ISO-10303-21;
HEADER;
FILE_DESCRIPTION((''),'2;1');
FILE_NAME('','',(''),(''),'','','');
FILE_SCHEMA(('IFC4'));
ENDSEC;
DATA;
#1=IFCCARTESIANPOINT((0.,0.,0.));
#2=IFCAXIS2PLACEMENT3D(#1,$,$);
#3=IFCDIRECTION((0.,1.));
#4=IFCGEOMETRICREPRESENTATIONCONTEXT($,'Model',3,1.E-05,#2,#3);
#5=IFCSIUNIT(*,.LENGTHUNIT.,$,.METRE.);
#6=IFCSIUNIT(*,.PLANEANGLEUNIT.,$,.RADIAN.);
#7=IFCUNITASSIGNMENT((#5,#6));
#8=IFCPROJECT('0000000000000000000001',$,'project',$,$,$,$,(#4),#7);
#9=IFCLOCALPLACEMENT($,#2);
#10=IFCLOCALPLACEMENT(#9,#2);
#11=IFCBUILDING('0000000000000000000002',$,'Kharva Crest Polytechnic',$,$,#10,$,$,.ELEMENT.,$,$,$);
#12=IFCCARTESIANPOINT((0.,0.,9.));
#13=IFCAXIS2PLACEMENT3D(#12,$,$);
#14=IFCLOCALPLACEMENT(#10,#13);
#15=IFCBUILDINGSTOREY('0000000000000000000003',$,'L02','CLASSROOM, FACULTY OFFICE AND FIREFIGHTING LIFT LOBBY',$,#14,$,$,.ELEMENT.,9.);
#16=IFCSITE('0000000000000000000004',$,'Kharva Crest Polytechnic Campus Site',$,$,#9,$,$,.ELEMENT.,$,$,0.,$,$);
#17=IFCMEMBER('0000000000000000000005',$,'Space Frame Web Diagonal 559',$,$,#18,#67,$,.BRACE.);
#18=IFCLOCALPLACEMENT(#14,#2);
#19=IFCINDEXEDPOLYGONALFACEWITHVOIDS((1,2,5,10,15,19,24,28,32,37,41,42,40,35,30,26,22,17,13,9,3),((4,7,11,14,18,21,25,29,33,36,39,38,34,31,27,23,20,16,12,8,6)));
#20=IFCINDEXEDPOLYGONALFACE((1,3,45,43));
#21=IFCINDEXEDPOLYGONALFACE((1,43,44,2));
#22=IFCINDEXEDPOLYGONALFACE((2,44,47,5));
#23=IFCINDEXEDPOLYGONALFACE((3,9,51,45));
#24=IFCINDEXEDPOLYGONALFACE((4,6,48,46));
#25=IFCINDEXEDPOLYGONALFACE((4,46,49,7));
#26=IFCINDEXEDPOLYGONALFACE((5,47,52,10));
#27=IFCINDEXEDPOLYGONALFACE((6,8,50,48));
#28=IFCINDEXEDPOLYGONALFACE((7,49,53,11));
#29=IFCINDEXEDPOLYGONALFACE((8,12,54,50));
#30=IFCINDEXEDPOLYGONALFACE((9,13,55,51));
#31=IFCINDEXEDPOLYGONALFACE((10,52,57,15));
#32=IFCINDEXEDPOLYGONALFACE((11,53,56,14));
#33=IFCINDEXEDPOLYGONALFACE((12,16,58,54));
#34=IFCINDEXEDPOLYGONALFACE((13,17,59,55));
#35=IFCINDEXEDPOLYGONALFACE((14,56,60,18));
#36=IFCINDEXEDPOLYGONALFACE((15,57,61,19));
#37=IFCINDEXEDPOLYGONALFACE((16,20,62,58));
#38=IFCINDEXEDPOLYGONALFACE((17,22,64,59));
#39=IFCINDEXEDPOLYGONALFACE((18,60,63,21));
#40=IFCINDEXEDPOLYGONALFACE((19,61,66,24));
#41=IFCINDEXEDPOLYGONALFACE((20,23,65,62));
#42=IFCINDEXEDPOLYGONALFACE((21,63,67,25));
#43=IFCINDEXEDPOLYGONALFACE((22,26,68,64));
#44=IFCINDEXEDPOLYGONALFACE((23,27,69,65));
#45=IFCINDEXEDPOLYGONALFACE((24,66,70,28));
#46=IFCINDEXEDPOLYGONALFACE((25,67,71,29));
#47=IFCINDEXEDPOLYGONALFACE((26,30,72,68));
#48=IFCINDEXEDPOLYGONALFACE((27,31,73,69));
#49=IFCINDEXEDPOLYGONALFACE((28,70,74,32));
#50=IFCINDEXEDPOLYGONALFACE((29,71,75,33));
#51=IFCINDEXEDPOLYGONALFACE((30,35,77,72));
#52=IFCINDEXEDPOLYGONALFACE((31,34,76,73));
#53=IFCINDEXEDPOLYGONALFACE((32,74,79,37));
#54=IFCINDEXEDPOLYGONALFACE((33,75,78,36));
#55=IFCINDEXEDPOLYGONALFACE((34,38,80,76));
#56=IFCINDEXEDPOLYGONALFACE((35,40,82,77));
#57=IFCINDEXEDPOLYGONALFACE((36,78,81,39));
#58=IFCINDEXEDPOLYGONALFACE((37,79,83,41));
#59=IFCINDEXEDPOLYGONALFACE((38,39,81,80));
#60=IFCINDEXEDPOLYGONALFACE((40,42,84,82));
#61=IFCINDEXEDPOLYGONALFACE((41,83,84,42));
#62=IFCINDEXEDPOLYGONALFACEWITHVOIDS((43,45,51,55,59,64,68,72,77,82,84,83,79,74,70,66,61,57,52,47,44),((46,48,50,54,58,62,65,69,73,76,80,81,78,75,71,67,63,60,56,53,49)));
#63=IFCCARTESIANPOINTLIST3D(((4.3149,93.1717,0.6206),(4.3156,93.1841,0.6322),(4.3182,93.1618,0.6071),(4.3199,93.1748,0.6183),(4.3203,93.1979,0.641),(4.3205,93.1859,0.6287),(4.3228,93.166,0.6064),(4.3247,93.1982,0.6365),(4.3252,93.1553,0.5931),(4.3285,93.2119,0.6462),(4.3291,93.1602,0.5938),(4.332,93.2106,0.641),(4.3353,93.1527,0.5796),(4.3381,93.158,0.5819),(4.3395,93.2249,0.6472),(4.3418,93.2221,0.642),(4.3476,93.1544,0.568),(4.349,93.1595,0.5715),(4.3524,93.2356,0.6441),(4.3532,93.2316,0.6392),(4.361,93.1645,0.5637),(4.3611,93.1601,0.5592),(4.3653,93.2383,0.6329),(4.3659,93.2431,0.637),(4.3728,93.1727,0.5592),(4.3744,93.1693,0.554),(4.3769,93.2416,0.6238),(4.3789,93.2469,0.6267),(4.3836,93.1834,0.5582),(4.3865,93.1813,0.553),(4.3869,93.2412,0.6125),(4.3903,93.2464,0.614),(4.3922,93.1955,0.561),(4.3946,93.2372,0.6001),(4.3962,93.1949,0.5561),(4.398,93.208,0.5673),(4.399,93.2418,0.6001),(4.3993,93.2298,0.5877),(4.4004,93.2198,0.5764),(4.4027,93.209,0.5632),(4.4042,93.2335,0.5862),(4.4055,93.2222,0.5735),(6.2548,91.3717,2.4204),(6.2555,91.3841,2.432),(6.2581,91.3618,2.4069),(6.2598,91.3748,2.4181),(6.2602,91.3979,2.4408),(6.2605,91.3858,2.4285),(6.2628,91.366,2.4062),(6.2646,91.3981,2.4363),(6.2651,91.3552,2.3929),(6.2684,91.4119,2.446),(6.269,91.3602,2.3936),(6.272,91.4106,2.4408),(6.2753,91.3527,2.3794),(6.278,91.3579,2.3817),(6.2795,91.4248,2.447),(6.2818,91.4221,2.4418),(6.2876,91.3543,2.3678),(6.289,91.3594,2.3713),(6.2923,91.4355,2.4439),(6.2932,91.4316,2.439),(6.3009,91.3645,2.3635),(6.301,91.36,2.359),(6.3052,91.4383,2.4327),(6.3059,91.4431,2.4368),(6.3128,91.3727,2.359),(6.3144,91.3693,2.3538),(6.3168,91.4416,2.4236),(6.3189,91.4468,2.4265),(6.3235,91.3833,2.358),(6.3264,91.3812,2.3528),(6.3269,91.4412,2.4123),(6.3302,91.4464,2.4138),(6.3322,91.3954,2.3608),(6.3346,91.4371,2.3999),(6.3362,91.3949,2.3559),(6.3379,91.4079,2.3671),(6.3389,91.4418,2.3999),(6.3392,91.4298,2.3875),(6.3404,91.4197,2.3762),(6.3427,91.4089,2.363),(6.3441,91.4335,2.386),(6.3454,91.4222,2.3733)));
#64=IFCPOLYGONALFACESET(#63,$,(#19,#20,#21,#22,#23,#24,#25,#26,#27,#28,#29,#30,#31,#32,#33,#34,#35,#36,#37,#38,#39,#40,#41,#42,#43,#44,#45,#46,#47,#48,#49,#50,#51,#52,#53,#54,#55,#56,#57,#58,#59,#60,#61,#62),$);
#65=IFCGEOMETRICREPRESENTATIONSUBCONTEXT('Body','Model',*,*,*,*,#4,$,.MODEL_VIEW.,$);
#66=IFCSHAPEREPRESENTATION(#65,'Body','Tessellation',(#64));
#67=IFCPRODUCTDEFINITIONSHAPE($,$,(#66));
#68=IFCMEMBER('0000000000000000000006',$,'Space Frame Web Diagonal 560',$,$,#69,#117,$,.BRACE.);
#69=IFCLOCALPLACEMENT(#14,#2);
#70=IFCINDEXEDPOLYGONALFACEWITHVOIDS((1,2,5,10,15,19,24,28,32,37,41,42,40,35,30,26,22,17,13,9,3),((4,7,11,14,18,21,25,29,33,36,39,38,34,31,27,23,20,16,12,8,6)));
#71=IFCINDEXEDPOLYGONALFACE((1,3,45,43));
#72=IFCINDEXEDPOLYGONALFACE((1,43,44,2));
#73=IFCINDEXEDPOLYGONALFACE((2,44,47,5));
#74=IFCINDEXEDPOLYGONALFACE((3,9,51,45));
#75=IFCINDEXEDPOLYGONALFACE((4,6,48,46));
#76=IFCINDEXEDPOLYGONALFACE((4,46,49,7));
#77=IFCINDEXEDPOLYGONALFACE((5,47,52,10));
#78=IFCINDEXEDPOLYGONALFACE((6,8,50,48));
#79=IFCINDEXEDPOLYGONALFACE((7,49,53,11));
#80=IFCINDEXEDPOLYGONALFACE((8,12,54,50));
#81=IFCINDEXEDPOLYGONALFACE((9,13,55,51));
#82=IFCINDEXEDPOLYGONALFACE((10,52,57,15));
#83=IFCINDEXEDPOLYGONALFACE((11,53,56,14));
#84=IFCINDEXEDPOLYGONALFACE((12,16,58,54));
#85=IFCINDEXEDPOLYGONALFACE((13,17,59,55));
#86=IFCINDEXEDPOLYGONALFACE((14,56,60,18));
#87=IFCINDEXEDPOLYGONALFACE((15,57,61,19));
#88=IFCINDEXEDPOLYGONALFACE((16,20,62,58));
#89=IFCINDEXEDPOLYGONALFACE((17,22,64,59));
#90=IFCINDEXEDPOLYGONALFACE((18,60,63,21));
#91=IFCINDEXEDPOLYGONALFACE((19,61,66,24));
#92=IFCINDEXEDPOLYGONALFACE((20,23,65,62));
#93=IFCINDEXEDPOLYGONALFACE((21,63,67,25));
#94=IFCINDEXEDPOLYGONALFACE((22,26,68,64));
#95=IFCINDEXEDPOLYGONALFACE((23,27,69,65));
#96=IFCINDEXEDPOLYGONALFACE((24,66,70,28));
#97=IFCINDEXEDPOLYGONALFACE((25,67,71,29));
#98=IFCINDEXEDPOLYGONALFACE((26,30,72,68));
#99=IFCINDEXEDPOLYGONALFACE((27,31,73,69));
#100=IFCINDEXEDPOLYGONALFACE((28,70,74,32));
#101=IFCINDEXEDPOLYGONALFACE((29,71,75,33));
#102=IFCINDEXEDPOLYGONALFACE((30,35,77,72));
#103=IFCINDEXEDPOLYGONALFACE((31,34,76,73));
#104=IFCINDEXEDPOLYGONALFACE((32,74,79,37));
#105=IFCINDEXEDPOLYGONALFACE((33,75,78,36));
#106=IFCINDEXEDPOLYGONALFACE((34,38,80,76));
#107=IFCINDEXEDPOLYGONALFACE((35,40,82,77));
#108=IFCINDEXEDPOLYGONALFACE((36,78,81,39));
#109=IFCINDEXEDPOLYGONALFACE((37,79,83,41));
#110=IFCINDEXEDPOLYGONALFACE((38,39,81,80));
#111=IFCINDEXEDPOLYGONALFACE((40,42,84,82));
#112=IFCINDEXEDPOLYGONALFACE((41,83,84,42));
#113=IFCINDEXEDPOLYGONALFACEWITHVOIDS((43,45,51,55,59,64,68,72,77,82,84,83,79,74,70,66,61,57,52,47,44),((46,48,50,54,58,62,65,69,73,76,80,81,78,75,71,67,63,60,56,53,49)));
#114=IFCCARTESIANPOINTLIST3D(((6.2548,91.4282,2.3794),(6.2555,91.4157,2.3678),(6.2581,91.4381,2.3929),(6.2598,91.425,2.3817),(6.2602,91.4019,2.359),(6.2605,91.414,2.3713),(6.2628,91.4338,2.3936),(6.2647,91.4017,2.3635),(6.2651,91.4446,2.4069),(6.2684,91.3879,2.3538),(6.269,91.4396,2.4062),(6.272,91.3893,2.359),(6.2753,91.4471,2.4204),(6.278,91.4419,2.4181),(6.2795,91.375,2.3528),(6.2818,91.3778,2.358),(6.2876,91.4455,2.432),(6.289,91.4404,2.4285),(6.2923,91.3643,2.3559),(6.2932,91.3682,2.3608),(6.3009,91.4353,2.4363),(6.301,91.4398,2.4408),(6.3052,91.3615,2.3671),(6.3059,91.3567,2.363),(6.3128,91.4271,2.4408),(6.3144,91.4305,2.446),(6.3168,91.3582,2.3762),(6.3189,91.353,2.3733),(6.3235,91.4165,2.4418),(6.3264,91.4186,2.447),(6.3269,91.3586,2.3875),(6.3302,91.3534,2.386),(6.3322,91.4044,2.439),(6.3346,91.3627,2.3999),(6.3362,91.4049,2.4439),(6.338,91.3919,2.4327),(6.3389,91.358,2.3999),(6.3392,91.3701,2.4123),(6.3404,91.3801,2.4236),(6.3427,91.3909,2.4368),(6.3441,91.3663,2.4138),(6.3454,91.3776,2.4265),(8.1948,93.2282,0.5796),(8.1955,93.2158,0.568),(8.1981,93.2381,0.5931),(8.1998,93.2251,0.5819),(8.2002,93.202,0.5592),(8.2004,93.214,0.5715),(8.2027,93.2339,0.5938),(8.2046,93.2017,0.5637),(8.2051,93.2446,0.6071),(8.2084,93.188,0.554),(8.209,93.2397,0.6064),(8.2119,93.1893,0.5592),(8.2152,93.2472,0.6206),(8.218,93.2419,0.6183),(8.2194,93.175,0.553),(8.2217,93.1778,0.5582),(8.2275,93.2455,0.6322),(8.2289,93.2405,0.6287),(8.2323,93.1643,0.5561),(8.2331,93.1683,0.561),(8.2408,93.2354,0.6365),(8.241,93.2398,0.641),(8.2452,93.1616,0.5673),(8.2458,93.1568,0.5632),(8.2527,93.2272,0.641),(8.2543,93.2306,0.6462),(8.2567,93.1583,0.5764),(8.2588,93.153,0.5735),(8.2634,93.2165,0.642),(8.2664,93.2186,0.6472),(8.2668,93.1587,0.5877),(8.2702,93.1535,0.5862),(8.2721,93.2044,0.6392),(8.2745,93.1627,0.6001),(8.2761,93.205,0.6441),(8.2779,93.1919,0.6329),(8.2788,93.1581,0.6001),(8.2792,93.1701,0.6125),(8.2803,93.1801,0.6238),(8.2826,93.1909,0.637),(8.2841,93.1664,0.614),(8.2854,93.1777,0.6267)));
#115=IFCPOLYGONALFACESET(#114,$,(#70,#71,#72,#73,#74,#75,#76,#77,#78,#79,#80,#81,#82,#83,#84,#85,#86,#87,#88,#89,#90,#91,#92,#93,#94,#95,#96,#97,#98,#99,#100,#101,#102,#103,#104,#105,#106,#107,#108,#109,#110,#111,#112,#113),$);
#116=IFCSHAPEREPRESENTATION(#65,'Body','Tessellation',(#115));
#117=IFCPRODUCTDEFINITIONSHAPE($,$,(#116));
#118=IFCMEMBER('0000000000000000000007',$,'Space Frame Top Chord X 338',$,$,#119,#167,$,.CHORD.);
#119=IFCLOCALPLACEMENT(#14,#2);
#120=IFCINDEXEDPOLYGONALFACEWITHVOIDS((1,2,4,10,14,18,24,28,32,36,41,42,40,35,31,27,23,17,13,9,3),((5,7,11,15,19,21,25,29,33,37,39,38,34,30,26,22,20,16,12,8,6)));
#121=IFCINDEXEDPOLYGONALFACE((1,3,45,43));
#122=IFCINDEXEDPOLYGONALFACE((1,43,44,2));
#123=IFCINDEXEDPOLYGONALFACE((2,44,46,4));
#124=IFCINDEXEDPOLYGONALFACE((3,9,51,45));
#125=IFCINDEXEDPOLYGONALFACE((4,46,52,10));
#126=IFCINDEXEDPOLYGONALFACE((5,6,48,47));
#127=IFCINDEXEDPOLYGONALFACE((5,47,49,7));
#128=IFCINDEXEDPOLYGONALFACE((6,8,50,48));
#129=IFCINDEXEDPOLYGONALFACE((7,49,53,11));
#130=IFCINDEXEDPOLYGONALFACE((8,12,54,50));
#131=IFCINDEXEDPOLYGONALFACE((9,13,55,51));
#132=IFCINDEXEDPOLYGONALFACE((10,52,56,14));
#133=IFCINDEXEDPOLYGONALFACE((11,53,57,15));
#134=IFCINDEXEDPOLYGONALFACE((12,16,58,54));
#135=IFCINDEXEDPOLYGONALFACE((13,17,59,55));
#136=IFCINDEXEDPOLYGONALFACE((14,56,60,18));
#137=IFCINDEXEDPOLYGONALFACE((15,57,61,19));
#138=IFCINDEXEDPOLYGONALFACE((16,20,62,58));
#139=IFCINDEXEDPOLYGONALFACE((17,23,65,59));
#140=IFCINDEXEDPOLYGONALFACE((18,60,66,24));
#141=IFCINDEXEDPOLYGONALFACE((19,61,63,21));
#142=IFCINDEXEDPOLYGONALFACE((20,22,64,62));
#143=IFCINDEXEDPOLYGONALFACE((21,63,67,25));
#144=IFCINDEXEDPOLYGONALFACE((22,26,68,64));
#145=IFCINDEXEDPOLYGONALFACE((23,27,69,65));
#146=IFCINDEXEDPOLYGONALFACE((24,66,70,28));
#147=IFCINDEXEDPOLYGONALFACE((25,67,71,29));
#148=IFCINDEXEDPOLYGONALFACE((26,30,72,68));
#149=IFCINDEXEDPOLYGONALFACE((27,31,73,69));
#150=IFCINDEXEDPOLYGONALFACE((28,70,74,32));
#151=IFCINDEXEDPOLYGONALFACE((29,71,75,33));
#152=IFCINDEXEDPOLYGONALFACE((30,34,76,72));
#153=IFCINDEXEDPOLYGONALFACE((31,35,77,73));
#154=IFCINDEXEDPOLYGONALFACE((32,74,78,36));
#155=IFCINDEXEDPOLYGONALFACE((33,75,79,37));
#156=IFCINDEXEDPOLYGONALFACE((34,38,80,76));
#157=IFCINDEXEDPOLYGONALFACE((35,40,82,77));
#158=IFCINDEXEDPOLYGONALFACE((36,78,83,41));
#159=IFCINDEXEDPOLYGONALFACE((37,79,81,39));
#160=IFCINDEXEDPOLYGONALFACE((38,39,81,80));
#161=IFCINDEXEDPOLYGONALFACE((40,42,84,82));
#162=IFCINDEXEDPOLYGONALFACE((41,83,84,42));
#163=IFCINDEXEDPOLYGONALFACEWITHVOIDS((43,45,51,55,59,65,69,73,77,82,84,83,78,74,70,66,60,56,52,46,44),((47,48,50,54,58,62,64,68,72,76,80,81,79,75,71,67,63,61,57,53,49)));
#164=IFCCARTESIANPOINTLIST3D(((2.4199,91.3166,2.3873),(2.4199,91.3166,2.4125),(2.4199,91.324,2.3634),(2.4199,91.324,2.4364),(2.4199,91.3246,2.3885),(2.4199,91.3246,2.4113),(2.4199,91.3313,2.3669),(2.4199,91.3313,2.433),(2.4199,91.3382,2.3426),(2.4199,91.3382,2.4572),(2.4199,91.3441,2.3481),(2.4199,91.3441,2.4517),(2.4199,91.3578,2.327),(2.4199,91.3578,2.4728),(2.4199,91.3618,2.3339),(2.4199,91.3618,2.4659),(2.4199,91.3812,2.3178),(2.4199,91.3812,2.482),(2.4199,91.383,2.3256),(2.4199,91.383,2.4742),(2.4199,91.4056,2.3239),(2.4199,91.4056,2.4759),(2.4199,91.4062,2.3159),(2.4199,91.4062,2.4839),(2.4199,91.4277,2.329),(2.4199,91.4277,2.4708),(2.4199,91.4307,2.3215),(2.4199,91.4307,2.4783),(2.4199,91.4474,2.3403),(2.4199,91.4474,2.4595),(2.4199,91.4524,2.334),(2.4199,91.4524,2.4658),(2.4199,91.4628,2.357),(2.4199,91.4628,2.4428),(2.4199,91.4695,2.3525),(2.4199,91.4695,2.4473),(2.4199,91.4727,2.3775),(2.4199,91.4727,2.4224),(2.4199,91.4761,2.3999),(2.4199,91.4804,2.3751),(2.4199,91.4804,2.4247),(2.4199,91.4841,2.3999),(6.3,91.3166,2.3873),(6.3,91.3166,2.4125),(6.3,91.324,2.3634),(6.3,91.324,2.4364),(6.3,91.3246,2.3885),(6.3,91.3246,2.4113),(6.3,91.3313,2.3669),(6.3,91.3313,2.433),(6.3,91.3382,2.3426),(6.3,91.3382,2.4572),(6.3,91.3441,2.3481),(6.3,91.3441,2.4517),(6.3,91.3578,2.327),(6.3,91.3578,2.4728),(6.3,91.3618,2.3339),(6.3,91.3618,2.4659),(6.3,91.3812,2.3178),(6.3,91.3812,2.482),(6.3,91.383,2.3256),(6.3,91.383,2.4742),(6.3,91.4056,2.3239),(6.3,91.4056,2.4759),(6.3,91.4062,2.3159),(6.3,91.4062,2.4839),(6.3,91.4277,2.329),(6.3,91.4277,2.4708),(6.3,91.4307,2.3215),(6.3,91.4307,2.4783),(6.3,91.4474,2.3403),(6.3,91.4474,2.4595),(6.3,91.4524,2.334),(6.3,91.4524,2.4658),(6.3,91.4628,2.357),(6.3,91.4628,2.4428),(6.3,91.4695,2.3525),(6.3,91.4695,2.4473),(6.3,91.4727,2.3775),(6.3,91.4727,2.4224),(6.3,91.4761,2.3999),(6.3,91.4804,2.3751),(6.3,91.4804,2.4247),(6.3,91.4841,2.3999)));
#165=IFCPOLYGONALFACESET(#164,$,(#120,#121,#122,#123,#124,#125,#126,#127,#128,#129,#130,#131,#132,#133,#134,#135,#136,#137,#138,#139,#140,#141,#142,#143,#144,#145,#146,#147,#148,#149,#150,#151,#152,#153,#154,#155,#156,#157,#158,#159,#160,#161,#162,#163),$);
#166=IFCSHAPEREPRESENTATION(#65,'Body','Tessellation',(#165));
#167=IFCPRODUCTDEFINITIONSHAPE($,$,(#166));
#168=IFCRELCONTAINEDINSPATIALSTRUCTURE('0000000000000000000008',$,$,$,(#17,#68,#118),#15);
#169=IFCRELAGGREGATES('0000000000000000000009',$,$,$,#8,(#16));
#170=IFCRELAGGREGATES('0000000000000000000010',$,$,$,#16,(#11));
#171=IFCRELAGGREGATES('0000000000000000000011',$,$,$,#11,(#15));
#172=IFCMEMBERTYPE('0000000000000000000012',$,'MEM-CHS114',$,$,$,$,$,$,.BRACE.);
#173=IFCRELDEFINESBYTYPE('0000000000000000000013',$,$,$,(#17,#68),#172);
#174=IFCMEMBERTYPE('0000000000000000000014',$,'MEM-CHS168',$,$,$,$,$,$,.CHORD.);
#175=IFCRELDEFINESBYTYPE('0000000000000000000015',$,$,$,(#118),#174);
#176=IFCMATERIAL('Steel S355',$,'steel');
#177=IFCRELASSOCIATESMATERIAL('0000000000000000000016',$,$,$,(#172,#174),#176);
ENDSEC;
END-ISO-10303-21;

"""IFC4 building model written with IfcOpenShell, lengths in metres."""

from ifc_helpers import new_model, si_unit, direction, frame, origin, origin_2d, place, context, subcontext, project, spatial, hollow_circle, extrude, material, material_profile, profile_set, type_object, element, save


model = new_model("IFC4")

# Units and contexts
model_context = context("Model", 3, precision=1e-05, world=origin(), true_north=direction((0.0, 1.0)))
body_context = subcontext(model_context, "Body", "Model", "MODEL_VIEW")
ifc_project = project(units=[si_unit("LENGTHUNIT", "METRE"), si_unit("PLANEANGLEUNIT", "RADIAN")], contexts=[model_context])

# Site, building, storey
site_placement = place(None, origin())
site = spatial("IfcSite", under=ifc_project, at=site_placement, Name="Kharva Crest Polytechnic Campus Site", CompositionType="ELEMENT", RefElevation=0.0)
building_placement = place(site_placement, origin())
building = spatial("IfcBuilding", under=site, at=building_placement, Name="Kharva Crest Polytechnic", CompositionType="ELEMENT")
storey_placement = place(building_placement, frame((0.0, 0.0, 9.0)))
storey = spatial("IfcBuildingStorey", under=building, at=storey_placement, Name="L02", Description="CLASSROOM, FACULTY OFFICE AND FIREFIGHTING LIFT LOBBY", CompositionType="ELEMENT", Elevation=9.0)

# Members
ifc_material = material(Name="Steel S355", Category="steel")
ifc_material_profile_1 = material_profile(ifc_material, hollow_circle(Radius=0.0571, WallThickness=0.0063, at=origin_2d()), Name="CHS 114.3X6.3")
ifc_profile_set_1 = profile_set([ifc_material_profile_1], Name="Steel S355")
member_type_1 = type_object("IfcMemberType", Name="MEM-CHS114", PredefinedType="BRACE", material=ifc_profile_set_1)
for number, where, z_axis, x_axis, name in (
    (1, (4.3601, 93.2, 0.6001), (0.606147, -0.562437, 0.562361), (0.680182, 0.733043, 0.0), "Space Frame Web Diagonal 559"),
    (2, (8.24, 93.2, 0.6001), (-0.606147, -0.562437, 0.562361), (0.680182, -0.733043, 0.0), "Space Frame Web Diagonal 560"),
):
    element("IfcMember", number, at=place(storey_placement, frame(where, z_axis=z_axis, x_axis=x_axis)), inside=storey, type_object=member_type_1, Name=name, PredefinedType="BRACE", context=body_context, shape_type="SweptSolid", body=[
        extrude(hollow_circle(Radius=0.0571, WallThickness=0.0063, at=origin_2d()), origin(), (0.0, 0.0, 1.0), 3.2004),
    ])
ifc_material_profile_2 = material_profile(ifc_material, hollow_circle(Radius=0.0842, WallThickness=0.0081, at=origin_2d()), Name="CHS 168.3X8.0")
ifc_profile_set_2 = profile_set([ifc_material_profile_2], Name="Steel S355")
member_type_2 = type_object("IfcMemberType", Name="MEM-CHS168", PredefinedType="CHORD", material=ifc_profile_set_2)
member_1_placement = place(storey_placement, frame((2.4199, 91.3999, 2.3999), z_axis=(1.0, 0.0, 0.0), x_axis=(0.0, 1.0, 0.0)))
element("IfcMember", 3, at=member_1_placement, inside=storey, type_object=member_type_2, Name="Space Frame Top Chord X 338", PredefinedType="CHORD", context=body_context, shape_type="SweptSolid", body=[
    extrude(hollow_circle(Radius=0.0842, WallThickness=0.0081, at=origin_2d()), origin(), (0.0, 0.0, 1.0), 3.8801),
])

save(model, "model.ifc")
